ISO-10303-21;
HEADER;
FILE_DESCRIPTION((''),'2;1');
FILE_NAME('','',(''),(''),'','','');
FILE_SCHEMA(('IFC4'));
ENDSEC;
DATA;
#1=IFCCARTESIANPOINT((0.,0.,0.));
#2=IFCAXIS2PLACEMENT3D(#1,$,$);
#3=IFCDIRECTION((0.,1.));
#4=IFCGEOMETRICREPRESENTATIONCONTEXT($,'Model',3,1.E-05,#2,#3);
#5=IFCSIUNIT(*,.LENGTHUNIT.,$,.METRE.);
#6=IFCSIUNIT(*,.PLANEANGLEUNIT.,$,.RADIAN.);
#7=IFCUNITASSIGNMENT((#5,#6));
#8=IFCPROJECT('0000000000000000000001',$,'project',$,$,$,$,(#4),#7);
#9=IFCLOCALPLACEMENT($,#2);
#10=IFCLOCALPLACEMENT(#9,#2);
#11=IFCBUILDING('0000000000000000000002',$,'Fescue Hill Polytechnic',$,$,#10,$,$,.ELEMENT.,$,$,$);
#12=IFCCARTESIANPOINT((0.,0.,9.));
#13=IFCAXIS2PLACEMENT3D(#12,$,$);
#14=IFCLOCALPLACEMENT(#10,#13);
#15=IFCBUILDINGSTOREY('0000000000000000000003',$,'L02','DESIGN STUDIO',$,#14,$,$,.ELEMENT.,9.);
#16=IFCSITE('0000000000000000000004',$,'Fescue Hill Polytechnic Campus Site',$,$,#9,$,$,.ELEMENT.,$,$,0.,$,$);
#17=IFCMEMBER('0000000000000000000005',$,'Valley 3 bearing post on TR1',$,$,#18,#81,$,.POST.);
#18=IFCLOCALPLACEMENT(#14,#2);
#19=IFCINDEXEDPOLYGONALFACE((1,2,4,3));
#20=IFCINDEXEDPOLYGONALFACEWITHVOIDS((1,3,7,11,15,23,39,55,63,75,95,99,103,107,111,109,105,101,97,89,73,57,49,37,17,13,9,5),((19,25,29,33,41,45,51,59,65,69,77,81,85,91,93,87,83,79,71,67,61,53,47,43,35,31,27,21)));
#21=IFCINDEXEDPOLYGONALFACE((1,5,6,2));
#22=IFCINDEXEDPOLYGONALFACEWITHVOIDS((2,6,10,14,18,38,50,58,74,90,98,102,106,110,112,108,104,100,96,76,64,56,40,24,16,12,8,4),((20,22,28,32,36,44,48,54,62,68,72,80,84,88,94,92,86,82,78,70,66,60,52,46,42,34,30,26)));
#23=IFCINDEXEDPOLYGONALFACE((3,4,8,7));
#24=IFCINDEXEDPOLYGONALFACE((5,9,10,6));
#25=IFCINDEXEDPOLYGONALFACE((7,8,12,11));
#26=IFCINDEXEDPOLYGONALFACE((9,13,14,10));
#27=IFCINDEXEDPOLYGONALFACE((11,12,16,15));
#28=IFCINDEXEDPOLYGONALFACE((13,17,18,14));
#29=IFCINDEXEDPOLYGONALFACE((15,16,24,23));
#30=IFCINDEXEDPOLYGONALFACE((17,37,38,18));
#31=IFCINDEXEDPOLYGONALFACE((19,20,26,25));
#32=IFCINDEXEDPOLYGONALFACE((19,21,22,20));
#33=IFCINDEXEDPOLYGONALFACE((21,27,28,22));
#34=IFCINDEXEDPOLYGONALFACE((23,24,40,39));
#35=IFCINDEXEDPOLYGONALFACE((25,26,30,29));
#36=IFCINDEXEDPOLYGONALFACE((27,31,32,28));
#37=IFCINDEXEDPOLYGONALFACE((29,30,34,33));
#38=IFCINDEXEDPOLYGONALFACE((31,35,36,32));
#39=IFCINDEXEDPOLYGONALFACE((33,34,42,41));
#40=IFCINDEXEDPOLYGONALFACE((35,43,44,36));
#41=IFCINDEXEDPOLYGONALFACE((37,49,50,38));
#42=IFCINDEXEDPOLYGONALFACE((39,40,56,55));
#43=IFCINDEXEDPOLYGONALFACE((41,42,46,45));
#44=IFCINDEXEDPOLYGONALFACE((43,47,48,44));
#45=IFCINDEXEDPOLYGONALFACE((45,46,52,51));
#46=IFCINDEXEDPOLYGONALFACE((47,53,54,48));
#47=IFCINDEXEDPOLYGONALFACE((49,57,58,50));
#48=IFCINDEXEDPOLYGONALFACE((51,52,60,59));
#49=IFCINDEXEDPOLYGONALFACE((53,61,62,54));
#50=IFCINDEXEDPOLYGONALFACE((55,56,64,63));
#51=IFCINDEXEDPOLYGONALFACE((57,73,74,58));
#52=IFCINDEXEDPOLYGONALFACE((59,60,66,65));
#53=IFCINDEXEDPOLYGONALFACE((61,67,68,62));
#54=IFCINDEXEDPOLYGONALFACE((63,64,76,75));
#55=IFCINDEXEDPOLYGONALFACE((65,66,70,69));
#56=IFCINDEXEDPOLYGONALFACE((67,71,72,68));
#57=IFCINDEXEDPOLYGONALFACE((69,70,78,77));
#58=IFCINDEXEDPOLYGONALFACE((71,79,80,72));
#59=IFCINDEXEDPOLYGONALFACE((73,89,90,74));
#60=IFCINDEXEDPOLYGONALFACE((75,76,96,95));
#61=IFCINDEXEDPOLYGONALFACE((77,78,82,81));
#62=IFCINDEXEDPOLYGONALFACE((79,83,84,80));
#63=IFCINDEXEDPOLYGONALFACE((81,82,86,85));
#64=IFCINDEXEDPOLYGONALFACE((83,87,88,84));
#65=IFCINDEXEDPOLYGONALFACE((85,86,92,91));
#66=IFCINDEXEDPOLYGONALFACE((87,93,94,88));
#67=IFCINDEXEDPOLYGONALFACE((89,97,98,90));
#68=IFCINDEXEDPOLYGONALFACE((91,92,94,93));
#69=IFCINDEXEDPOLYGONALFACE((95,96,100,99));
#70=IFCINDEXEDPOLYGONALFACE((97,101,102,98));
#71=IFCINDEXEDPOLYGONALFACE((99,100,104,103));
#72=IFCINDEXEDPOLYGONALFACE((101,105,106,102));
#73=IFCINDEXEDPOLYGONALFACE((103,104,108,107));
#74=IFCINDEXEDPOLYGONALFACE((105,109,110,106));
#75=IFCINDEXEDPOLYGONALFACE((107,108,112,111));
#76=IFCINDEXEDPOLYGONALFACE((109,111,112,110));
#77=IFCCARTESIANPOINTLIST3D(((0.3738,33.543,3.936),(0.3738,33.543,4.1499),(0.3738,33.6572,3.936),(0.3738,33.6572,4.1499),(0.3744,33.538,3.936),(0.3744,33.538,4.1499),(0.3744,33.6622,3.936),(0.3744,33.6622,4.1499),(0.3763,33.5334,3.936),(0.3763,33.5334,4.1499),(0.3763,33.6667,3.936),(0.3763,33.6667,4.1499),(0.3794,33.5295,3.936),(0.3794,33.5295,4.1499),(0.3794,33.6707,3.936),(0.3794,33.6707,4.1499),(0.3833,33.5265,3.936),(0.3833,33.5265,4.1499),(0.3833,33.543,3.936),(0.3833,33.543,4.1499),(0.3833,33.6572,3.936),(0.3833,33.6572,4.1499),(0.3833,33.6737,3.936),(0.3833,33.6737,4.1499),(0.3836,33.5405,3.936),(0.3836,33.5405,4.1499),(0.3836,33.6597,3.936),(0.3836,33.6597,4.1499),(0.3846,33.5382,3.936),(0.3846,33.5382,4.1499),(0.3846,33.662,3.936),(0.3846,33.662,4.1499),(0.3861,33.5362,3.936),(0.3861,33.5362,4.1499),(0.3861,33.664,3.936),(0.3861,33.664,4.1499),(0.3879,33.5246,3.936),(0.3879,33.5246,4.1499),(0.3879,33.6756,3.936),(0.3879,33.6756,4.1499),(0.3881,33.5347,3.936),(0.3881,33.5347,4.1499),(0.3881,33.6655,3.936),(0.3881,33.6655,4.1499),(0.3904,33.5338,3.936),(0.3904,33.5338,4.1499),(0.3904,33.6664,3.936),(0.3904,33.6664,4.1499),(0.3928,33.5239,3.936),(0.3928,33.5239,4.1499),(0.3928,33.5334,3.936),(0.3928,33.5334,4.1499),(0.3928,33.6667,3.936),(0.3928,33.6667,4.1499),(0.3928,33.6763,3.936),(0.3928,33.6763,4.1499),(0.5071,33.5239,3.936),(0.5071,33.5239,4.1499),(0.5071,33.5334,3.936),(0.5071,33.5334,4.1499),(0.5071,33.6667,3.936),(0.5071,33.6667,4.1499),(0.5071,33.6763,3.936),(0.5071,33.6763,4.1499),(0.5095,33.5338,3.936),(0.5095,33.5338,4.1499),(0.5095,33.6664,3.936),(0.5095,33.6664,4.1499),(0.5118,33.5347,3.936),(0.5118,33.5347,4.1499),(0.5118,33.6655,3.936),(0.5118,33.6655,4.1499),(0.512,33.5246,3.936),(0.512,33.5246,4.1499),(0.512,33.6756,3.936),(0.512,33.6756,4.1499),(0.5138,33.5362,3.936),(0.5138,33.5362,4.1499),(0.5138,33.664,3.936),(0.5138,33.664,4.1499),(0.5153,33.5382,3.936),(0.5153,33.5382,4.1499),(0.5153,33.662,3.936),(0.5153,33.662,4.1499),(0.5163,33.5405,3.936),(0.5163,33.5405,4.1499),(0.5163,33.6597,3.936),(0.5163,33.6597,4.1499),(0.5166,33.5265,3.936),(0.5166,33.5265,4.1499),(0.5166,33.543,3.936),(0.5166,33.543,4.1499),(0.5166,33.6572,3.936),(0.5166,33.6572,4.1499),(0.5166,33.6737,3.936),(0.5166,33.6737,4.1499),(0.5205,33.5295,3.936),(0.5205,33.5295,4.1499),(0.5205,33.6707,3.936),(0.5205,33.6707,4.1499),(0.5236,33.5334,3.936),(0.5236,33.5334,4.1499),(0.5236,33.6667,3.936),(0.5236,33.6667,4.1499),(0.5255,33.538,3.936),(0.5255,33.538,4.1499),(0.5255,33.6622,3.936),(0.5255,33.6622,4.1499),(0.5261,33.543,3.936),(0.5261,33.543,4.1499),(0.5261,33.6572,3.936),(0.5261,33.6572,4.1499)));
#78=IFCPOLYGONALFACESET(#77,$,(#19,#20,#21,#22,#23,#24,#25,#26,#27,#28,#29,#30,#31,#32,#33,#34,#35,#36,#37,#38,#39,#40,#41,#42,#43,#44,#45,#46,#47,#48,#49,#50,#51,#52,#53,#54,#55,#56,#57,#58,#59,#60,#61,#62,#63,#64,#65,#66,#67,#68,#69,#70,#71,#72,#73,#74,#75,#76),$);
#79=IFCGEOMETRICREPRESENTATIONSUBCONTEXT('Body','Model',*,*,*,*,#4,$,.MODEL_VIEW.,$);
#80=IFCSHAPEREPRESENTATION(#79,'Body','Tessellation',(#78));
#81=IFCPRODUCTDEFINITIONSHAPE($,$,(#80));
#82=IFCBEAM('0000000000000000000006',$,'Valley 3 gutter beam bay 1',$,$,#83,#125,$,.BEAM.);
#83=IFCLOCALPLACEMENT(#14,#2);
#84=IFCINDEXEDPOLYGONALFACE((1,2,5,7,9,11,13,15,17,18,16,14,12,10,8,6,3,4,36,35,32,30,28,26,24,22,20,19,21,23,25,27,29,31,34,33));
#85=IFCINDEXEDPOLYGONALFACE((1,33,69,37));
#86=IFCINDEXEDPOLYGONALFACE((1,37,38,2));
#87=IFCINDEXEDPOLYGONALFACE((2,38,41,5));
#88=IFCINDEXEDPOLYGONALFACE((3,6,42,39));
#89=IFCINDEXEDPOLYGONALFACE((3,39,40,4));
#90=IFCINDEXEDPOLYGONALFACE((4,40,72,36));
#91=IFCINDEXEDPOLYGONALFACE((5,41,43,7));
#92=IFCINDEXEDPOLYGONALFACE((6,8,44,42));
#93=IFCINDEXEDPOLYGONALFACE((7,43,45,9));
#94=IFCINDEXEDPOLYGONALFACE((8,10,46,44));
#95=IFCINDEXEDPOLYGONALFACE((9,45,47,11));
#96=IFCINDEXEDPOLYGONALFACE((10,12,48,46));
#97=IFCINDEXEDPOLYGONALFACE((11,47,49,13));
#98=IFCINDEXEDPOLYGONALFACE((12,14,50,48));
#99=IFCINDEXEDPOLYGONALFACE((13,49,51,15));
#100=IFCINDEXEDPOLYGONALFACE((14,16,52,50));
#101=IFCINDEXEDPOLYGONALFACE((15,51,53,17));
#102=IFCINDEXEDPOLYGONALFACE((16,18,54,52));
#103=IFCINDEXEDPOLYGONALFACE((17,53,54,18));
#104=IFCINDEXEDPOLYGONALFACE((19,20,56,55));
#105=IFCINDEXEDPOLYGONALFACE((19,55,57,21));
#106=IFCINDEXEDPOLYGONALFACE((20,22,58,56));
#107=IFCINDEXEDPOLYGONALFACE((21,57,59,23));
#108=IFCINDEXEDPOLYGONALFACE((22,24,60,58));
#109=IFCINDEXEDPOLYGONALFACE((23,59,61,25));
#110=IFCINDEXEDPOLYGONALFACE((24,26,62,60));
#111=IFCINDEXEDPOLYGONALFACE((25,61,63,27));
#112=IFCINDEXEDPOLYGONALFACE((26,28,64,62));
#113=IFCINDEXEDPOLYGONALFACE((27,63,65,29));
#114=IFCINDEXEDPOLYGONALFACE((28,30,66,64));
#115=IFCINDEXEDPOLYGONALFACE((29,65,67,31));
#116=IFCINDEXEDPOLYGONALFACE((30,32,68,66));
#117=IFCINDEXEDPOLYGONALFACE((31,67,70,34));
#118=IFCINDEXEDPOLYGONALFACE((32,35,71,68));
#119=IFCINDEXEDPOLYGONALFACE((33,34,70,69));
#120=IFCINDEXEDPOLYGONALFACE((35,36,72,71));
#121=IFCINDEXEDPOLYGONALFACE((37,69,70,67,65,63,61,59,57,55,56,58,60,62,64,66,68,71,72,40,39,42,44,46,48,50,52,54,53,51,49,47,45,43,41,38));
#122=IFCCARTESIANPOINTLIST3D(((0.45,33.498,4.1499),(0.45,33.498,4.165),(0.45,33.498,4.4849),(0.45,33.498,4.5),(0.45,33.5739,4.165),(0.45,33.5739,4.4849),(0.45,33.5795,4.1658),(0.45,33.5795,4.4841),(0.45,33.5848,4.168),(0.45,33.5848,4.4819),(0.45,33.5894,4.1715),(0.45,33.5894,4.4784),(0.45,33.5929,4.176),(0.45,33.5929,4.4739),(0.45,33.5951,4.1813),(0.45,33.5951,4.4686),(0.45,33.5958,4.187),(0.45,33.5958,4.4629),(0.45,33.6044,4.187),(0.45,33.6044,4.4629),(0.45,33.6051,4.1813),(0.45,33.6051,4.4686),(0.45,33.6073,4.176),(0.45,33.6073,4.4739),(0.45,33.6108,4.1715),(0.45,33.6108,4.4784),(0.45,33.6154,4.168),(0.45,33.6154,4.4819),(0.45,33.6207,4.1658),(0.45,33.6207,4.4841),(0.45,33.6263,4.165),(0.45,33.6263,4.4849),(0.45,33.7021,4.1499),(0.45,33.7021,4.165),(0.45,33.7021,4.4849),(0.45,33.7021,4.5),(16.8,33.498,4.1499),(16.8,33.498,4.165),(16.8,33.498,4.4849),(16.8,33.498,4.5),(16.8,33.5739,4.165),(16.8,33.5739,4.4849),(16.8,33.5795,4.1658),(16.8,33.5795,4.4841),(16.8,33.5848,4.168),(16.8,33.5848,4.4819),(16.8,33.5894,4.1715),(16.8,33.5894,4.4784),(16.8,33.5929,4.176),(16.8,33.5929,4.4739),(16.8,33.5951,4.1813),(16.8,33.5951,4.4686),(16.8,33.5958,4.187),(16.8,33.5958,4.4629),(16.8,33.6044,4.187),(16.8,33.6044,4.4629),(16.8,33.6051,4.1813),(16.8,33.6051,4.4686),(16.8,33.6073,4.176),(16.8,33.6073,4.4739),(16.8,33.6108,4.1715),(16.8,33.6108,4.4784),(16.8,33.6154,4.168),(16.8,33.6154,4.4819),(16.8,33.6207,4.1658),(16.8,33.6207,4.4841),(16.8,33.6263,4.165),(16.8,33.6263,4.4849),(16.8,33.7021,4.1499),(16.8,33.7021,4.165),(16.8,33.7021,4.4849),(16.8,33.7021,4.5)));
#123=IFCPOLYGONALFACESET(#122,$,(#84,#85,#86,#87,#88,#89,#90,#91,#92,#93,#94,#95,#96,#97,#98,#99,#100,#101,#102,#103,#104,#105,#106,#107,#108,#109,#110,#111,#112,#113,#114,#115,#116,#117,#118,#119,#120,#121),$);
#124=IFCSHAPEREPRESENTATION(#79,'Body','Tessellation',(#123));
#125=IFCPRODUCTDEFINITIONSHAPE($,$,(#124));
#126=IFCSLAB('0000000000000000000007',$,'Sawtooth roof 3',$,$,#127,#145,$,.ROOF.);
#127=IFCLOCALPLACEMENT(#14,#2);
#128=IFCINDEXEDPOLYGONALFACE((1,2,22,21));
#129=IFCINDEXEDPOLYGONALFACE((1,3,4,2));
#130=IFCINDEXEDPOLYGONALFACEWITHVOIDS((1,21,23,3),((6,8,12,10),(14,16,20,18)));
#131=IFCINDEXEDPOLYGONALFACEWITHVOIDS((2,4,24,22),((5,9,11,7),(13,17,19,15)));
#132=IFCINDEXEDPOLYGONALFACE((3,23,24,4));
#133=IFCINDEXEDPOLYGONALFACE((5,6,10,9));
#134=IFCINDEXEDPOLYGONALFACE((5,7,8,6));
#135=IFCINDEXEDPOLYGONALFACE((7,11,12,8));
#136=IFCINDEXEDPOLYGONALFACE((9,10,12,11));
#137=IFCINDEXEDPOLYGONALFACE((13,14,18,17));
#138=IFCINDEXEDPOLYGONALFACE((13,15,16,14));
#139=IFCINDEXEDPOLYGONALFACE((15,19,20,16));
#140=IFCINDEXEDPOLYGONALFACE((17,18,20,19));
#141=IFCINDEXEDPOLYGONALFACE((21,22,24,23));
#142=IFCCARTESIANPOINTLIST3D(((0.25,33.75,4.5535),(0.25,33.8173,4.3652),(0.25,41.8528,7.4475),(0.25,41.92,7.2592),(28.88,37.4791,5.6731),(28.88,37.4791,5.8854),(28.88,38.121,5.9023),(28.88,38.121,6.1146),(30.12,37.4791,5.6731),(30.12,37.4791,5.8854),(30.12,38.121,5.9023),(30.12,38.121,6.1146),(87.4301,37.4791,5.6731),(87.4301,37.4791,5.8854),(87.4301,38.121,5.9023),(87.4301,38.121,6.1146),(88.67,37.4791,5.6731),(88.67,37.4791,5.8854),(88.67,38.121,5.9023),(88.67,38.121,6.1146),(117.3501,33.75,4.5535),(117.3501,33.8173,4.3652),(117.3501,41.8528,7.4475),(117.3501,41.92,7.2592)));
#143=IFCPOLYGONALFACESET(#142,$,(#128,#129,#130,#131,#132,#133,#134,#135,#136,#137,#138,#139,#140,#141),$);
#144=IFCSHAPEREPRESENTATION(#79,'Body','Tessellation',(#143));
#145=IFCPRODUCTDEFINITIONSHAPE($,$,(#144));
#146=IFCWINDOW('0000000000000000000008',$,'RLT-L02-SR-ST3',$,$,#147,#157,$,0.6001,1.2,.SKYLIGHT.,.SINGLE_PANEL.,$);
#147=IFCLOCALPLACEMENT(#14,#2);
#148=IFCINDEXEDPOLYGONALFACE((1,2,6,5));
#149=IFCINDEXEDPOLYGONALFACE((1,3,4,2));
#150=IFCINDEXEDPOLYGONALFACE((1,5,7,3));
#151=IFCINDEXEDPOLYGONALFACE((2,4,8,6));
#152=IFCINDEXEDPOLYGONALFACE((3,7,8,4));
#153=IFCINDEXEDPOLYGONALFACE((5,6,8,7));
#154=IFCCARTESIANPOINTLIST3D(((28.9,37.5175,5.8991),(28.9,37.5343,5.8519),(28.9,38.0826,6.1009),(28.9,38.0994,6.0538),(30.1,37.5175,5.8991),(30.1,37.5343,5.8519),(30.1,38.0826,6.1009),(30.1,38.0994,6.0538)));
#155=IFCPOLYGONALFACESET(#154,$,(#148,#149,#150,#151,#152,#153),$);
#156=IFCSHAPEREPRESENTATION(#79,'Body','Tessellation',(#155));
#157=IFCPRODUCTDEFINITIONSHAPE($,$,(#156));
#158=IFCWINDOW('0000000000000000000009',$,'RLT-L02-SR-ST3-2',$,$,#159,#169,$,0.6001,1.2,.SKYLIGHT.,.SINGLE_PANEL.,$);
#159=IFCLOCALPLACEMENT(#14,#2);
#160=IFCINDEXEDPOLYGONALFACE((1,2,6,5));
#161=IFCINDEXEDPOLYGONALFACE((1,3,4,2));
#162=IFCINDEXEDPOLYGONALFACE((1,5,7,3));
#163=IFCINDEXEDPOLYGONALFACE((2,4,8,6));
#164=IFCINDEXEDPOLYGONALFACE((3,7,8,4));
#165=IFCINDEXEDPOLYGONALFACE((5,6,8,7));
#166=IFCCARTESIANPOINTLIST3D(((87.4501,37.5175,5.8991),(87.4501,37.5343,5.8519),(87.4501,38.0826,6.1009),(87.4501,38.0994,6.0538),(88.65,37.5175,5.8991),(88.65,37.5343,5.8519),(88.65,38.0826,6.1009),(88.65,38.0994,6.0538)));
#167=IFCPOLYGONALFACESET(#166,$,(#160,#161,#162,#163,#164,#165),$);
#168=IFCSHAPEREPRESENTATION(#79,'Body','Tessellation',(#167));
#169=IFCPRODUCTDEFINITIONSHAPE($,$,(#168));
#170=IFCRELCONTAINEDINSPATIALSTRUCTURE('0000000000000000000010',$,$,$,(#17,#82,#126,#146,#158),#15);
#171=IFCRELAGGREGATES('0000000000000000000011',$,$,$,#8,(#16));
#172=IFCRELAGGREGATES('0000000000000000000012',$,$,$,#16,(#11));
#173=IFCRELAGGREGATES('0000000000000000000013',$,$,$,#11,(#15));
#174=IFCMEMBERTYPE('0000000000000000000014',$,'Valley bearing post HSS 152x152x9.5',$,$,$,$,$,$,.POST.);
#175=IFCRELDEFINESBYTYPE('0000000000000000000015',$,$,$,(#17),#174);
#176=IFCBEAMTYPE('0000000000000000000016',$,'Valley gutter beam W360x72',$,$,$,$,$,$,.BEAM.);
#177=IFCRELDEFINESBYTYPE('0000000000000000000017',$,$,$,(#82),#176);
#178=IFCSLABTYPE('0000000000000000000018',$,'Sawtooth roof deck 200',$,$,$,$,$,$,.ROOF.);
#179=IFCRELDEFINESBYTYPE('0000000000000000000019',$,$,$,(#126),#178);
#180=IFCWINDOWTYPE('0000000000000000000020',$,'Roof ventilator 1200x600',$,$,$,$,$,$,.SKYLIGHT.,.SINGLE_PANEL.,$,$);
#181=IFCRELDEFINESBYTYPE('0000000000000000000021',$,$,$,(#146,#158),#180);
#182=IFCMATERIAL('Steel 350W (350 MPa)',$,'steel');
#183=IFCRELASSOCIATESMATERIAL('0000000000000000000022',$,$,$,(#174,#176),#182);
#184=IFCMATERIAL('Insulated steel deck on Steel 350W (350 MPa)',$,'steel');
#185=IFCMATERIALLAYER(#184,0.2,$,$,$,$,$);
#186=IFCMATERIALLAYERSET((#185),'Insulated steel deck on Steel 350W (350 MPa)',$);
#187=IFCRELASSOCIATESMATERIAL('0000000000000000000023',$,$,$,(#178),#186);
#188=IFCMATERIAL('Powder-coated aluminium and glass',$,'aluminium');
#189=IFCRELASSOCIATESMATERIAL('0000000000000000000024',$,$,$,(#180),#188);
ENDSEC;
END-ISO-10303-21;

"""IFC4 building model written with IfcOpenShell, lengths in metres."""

from ifc_helpers import new_model, si_unit, direction, frame, origin, origin_2d, place, context, subcontext, project, spatial, polyline, rectangle, hollow_rectangle, i_section, outline, extrude, material, layer, layer_set, material_profile, profile_set, type_object, element, fill, save


model = new_model("IFC4")

# Units and contexts
model_context = context("Model", 3, precision=1e-05, world=origin(), true_north=direction((0.0, 1.0)))
body_context = subcontext(model_context, "Body", "Model", "MODEL_VIEW")
ifc_project = project(units=[si_unit("LENGTHUNIT", "METRE"), si_unit("PLANEANGLEUNIT", "RADIAN")], contexts=[model_context])

# Site, building, storey
site_placement = place(None, origin())
site = spatial("IfcSite", under=ifc_project, at=site_placement, Name="Fescue Hill Polytechnic Campus Site", CompositionType="ELEMENT", RefElevation=0.0)
building_placement = place(site_placement, origin())
building = spatial("IfcBuilding", under=site, at=building_placement, Name="Fescue Hill Polytechnic", CompositionType="ELEMENT")
storey_placement = place(building_placement, frame((0.0, 0.0, 9.0)))
storey = spatial("IfcBuildingStorey", under=building, at=storey_placement, Name="L02", Description="DESIGN STUDIO", CompositionType="ELEMENT", Elevation=9.0)

# Member
ifc_material_1 = material(Name="Steel 350W (350 MPa)", Category="steel")
ifc_material_profile_1 = material_profile(ifc_material_1, hollow_rectangle(XDim=0.1523, YDim=0.1523, WallThickness=0.0095, InnerFilletRadius=0.0095, OuterFilletRadius=0.019, at=origin_2d()), Name="Valley bearing post HSS 152x152x9.5")
ifc_profile_set_1 = profile_set([ifc_material_profile_1], Name="Steel 350W (350 MPa)")
member_type_1 = type_object("IfcMemberType", Name="Valley bearing post HSS 152x152x9.5", PredefinedType="POST", material=ifc_profile_set_1)
member_1_placement = place(storey_placement, frame((0.45, 33.6001, 3.936), z_axis=(0.0, 0.0, 1.0), x_axis=(1.0, 0.0, 0.0)))
element("IfcMember", 1, at=member_1_placement, inside=storey, type_object=member_type_1, Name="Valley 3 bearing post on TR1", PredefinedType="POST", context=body_context, shape_type="SweptSolid", body=[
    extrude(hollow_rectangle(XDim=0.1523, YDim=0.1523, WallThickness=0.0095, InnerFilletRadius=0.0095, OuterFilletRadius=0.019, at=origin_2d()), origin(), (0.0, 0.0, 1.0), 0.2139),
])

# Beam
ifc_material_profile_2 = material_profile(ifc_material_1, i_section(OverallWidth=0.2041, OverallDepth=0.3501, WebThickness=0.0085, FlangeThickness=0.0151, FilletRadius=0.022, at=origin_2d()), Name="W360x72")
ifc_profile_set_2 = profile_set([ifc_material_profile_2], Name="Steel 350W (350 MPa)")
beam_type_1 = type_object("IfcBeamType", Name="Valley gutter beam W360x72", PredefinedType="BEAM", material=ifc_profile_set_2)
beam_1_placement = place(storey_placement, frame((0.45, 33.6001, 4.325), z_axis=(1.0, 0.0, 0.0), x_axis=(0.0, 1.0, 0.0)))
element("IfcBeam", 2, at=beam_1_placement, inside=storey, type_object=beam_type_1, Name="Valley 3 gutter beam bay 1", PredefinedType="BEAM", context=body_context, shape_type="SweptSolid", body=[
    extrude(i_section(OverallWidth=0.2041, OverallDepth=0.3501, WebThickness=0.0085, FlangeThickness=0.0151, FilletRadius=0.022, at=origin_2d()), origin(), (0.0, 0.0, 1.0), 16.3501),
])

# Slab, openings, windows
ifc_material_2 = material(Name="Insulated steel deck on Steel 350W (350 MPa)", Category="steel")
ifc_layer = layer(ifc_material_2, 0.2)
ifc_layer_set = layer_set([ifc_layer], Name="Insulated steel deck on Steel 350W (350 MPa)")
slab_type = type_object("IfcSlabType", Name="Sawtooth roof deck 200", PredefinedType="ROOF", material=ifc_layer_set)
slab_placement = place(storey_placement, frame((0.25, 33.75, 4.5535), z_axis=(0.0, -0.336356, 0.941735), x_axis=(1.0, 0.0, 0.0)))
slab = element("IfcSlab", 3, at=slab_placement, inside=storey, type_object=slab_type, Name="Sawtooth roof 3", PredefinedType="ROOF", context=body_context, shape_type="SweptSolid", body=[
    extrude(outline(polyline([(0.0, 0.0), (117.1001, 0.0), (117.1001, 8.6041), (0.0, 8.6041), (0.0, 0.0)])), origin(), (0.0, 0.0, -1.0), 0.2),
])
opening_1_placement = place(storey_placement, frame((29.5, 37.8, 5.4734)))
opening_1 = element("IfcOpeningElement", 4, at=opening_1_placement, cuts=slab, PredefinedType="OPENING", context=body_context, shape_type="SweptSolid", body=[
    extrude(rectangle(XDim=1.24, YDim=0.6418, at=origin_2d()), origin(), (0.0, 0.0, 1.0), 0.8411),
])
opening_2_placement = place(storey_placement, frame((88.05, 37.8, 5.4734)))
opening_2 = element("IfcOpeningElement", 5, at=opening_2_placement, cuts=slab, PredefinedType="OPENING", context=body_context, shape_type="SweptSolid", body=[
    extrude(rectangle(XDim=1.24, YDim=0.6418, at=origin_2d()), origin(), (0.0, 0.0, 1.0), 0.8411),
])
ifc_material_3 = material(Name="Powder-coated aluminium and glass", Category="aluminium")
window_type = type_object("IfcWindowType", Name="Roof ventilator 1200x600", PartitioningType="SINGLE_PANEL", PredefinedType="SKYLIGHT", material=ifc_material_3)
window_1_placement = place(storey_placement, frame((29.5, 37.8, 6.0), z_axis=(0.0, -0.336356, 0.941735), x_axis=(1.0, 0.0, 0.0)))
window_1 = element("IfcWindow", 6, at=window_1_placement, inside=storey, type_object=window_type, Name="RLT-L02-SR-ST3", OverallHeight=0.6001, OverallWidth=1.2, PartitioningType="SINGLE_PANEL", PredefinedType="SKYLIGHT", context=body_context, shape_type="SweptSolid", body=[
    extrude(rectangle(XDim=1.2, YDim=0.6001, at=origin_2d()), origin(), (0.0, 0.0, -1.0), 0.05),
])
fill(opening_1, window_1)
window_2_placement = place(storey_placement, frame((88.05, 37.8, 6.0), z_axis=(0.0, -0.336356, 0.941735), x_axis=(1.0, 0.0, 0.0)))
window_2 = element("IfcWindow", 7, at=window_2_placement, inside=storey, type_object=window_type, Name="RLT-L02-SR-ST3-2", OverallHeight=0.6001, OverallWidth=1.2, PartitioningType="SINGLE_PANEL", PredefinedType="SKYLIGHT", context=body_context, shape_type="SweptSolid", body=[
    extrude(rectangle(XDim=1.2, YDim=0.6001, at=origin_2d()), origin(), (0.0, 0.0, -1.0), 0.05),
])
fill(opening_2, window_2)

save(model, "model.ifc")
